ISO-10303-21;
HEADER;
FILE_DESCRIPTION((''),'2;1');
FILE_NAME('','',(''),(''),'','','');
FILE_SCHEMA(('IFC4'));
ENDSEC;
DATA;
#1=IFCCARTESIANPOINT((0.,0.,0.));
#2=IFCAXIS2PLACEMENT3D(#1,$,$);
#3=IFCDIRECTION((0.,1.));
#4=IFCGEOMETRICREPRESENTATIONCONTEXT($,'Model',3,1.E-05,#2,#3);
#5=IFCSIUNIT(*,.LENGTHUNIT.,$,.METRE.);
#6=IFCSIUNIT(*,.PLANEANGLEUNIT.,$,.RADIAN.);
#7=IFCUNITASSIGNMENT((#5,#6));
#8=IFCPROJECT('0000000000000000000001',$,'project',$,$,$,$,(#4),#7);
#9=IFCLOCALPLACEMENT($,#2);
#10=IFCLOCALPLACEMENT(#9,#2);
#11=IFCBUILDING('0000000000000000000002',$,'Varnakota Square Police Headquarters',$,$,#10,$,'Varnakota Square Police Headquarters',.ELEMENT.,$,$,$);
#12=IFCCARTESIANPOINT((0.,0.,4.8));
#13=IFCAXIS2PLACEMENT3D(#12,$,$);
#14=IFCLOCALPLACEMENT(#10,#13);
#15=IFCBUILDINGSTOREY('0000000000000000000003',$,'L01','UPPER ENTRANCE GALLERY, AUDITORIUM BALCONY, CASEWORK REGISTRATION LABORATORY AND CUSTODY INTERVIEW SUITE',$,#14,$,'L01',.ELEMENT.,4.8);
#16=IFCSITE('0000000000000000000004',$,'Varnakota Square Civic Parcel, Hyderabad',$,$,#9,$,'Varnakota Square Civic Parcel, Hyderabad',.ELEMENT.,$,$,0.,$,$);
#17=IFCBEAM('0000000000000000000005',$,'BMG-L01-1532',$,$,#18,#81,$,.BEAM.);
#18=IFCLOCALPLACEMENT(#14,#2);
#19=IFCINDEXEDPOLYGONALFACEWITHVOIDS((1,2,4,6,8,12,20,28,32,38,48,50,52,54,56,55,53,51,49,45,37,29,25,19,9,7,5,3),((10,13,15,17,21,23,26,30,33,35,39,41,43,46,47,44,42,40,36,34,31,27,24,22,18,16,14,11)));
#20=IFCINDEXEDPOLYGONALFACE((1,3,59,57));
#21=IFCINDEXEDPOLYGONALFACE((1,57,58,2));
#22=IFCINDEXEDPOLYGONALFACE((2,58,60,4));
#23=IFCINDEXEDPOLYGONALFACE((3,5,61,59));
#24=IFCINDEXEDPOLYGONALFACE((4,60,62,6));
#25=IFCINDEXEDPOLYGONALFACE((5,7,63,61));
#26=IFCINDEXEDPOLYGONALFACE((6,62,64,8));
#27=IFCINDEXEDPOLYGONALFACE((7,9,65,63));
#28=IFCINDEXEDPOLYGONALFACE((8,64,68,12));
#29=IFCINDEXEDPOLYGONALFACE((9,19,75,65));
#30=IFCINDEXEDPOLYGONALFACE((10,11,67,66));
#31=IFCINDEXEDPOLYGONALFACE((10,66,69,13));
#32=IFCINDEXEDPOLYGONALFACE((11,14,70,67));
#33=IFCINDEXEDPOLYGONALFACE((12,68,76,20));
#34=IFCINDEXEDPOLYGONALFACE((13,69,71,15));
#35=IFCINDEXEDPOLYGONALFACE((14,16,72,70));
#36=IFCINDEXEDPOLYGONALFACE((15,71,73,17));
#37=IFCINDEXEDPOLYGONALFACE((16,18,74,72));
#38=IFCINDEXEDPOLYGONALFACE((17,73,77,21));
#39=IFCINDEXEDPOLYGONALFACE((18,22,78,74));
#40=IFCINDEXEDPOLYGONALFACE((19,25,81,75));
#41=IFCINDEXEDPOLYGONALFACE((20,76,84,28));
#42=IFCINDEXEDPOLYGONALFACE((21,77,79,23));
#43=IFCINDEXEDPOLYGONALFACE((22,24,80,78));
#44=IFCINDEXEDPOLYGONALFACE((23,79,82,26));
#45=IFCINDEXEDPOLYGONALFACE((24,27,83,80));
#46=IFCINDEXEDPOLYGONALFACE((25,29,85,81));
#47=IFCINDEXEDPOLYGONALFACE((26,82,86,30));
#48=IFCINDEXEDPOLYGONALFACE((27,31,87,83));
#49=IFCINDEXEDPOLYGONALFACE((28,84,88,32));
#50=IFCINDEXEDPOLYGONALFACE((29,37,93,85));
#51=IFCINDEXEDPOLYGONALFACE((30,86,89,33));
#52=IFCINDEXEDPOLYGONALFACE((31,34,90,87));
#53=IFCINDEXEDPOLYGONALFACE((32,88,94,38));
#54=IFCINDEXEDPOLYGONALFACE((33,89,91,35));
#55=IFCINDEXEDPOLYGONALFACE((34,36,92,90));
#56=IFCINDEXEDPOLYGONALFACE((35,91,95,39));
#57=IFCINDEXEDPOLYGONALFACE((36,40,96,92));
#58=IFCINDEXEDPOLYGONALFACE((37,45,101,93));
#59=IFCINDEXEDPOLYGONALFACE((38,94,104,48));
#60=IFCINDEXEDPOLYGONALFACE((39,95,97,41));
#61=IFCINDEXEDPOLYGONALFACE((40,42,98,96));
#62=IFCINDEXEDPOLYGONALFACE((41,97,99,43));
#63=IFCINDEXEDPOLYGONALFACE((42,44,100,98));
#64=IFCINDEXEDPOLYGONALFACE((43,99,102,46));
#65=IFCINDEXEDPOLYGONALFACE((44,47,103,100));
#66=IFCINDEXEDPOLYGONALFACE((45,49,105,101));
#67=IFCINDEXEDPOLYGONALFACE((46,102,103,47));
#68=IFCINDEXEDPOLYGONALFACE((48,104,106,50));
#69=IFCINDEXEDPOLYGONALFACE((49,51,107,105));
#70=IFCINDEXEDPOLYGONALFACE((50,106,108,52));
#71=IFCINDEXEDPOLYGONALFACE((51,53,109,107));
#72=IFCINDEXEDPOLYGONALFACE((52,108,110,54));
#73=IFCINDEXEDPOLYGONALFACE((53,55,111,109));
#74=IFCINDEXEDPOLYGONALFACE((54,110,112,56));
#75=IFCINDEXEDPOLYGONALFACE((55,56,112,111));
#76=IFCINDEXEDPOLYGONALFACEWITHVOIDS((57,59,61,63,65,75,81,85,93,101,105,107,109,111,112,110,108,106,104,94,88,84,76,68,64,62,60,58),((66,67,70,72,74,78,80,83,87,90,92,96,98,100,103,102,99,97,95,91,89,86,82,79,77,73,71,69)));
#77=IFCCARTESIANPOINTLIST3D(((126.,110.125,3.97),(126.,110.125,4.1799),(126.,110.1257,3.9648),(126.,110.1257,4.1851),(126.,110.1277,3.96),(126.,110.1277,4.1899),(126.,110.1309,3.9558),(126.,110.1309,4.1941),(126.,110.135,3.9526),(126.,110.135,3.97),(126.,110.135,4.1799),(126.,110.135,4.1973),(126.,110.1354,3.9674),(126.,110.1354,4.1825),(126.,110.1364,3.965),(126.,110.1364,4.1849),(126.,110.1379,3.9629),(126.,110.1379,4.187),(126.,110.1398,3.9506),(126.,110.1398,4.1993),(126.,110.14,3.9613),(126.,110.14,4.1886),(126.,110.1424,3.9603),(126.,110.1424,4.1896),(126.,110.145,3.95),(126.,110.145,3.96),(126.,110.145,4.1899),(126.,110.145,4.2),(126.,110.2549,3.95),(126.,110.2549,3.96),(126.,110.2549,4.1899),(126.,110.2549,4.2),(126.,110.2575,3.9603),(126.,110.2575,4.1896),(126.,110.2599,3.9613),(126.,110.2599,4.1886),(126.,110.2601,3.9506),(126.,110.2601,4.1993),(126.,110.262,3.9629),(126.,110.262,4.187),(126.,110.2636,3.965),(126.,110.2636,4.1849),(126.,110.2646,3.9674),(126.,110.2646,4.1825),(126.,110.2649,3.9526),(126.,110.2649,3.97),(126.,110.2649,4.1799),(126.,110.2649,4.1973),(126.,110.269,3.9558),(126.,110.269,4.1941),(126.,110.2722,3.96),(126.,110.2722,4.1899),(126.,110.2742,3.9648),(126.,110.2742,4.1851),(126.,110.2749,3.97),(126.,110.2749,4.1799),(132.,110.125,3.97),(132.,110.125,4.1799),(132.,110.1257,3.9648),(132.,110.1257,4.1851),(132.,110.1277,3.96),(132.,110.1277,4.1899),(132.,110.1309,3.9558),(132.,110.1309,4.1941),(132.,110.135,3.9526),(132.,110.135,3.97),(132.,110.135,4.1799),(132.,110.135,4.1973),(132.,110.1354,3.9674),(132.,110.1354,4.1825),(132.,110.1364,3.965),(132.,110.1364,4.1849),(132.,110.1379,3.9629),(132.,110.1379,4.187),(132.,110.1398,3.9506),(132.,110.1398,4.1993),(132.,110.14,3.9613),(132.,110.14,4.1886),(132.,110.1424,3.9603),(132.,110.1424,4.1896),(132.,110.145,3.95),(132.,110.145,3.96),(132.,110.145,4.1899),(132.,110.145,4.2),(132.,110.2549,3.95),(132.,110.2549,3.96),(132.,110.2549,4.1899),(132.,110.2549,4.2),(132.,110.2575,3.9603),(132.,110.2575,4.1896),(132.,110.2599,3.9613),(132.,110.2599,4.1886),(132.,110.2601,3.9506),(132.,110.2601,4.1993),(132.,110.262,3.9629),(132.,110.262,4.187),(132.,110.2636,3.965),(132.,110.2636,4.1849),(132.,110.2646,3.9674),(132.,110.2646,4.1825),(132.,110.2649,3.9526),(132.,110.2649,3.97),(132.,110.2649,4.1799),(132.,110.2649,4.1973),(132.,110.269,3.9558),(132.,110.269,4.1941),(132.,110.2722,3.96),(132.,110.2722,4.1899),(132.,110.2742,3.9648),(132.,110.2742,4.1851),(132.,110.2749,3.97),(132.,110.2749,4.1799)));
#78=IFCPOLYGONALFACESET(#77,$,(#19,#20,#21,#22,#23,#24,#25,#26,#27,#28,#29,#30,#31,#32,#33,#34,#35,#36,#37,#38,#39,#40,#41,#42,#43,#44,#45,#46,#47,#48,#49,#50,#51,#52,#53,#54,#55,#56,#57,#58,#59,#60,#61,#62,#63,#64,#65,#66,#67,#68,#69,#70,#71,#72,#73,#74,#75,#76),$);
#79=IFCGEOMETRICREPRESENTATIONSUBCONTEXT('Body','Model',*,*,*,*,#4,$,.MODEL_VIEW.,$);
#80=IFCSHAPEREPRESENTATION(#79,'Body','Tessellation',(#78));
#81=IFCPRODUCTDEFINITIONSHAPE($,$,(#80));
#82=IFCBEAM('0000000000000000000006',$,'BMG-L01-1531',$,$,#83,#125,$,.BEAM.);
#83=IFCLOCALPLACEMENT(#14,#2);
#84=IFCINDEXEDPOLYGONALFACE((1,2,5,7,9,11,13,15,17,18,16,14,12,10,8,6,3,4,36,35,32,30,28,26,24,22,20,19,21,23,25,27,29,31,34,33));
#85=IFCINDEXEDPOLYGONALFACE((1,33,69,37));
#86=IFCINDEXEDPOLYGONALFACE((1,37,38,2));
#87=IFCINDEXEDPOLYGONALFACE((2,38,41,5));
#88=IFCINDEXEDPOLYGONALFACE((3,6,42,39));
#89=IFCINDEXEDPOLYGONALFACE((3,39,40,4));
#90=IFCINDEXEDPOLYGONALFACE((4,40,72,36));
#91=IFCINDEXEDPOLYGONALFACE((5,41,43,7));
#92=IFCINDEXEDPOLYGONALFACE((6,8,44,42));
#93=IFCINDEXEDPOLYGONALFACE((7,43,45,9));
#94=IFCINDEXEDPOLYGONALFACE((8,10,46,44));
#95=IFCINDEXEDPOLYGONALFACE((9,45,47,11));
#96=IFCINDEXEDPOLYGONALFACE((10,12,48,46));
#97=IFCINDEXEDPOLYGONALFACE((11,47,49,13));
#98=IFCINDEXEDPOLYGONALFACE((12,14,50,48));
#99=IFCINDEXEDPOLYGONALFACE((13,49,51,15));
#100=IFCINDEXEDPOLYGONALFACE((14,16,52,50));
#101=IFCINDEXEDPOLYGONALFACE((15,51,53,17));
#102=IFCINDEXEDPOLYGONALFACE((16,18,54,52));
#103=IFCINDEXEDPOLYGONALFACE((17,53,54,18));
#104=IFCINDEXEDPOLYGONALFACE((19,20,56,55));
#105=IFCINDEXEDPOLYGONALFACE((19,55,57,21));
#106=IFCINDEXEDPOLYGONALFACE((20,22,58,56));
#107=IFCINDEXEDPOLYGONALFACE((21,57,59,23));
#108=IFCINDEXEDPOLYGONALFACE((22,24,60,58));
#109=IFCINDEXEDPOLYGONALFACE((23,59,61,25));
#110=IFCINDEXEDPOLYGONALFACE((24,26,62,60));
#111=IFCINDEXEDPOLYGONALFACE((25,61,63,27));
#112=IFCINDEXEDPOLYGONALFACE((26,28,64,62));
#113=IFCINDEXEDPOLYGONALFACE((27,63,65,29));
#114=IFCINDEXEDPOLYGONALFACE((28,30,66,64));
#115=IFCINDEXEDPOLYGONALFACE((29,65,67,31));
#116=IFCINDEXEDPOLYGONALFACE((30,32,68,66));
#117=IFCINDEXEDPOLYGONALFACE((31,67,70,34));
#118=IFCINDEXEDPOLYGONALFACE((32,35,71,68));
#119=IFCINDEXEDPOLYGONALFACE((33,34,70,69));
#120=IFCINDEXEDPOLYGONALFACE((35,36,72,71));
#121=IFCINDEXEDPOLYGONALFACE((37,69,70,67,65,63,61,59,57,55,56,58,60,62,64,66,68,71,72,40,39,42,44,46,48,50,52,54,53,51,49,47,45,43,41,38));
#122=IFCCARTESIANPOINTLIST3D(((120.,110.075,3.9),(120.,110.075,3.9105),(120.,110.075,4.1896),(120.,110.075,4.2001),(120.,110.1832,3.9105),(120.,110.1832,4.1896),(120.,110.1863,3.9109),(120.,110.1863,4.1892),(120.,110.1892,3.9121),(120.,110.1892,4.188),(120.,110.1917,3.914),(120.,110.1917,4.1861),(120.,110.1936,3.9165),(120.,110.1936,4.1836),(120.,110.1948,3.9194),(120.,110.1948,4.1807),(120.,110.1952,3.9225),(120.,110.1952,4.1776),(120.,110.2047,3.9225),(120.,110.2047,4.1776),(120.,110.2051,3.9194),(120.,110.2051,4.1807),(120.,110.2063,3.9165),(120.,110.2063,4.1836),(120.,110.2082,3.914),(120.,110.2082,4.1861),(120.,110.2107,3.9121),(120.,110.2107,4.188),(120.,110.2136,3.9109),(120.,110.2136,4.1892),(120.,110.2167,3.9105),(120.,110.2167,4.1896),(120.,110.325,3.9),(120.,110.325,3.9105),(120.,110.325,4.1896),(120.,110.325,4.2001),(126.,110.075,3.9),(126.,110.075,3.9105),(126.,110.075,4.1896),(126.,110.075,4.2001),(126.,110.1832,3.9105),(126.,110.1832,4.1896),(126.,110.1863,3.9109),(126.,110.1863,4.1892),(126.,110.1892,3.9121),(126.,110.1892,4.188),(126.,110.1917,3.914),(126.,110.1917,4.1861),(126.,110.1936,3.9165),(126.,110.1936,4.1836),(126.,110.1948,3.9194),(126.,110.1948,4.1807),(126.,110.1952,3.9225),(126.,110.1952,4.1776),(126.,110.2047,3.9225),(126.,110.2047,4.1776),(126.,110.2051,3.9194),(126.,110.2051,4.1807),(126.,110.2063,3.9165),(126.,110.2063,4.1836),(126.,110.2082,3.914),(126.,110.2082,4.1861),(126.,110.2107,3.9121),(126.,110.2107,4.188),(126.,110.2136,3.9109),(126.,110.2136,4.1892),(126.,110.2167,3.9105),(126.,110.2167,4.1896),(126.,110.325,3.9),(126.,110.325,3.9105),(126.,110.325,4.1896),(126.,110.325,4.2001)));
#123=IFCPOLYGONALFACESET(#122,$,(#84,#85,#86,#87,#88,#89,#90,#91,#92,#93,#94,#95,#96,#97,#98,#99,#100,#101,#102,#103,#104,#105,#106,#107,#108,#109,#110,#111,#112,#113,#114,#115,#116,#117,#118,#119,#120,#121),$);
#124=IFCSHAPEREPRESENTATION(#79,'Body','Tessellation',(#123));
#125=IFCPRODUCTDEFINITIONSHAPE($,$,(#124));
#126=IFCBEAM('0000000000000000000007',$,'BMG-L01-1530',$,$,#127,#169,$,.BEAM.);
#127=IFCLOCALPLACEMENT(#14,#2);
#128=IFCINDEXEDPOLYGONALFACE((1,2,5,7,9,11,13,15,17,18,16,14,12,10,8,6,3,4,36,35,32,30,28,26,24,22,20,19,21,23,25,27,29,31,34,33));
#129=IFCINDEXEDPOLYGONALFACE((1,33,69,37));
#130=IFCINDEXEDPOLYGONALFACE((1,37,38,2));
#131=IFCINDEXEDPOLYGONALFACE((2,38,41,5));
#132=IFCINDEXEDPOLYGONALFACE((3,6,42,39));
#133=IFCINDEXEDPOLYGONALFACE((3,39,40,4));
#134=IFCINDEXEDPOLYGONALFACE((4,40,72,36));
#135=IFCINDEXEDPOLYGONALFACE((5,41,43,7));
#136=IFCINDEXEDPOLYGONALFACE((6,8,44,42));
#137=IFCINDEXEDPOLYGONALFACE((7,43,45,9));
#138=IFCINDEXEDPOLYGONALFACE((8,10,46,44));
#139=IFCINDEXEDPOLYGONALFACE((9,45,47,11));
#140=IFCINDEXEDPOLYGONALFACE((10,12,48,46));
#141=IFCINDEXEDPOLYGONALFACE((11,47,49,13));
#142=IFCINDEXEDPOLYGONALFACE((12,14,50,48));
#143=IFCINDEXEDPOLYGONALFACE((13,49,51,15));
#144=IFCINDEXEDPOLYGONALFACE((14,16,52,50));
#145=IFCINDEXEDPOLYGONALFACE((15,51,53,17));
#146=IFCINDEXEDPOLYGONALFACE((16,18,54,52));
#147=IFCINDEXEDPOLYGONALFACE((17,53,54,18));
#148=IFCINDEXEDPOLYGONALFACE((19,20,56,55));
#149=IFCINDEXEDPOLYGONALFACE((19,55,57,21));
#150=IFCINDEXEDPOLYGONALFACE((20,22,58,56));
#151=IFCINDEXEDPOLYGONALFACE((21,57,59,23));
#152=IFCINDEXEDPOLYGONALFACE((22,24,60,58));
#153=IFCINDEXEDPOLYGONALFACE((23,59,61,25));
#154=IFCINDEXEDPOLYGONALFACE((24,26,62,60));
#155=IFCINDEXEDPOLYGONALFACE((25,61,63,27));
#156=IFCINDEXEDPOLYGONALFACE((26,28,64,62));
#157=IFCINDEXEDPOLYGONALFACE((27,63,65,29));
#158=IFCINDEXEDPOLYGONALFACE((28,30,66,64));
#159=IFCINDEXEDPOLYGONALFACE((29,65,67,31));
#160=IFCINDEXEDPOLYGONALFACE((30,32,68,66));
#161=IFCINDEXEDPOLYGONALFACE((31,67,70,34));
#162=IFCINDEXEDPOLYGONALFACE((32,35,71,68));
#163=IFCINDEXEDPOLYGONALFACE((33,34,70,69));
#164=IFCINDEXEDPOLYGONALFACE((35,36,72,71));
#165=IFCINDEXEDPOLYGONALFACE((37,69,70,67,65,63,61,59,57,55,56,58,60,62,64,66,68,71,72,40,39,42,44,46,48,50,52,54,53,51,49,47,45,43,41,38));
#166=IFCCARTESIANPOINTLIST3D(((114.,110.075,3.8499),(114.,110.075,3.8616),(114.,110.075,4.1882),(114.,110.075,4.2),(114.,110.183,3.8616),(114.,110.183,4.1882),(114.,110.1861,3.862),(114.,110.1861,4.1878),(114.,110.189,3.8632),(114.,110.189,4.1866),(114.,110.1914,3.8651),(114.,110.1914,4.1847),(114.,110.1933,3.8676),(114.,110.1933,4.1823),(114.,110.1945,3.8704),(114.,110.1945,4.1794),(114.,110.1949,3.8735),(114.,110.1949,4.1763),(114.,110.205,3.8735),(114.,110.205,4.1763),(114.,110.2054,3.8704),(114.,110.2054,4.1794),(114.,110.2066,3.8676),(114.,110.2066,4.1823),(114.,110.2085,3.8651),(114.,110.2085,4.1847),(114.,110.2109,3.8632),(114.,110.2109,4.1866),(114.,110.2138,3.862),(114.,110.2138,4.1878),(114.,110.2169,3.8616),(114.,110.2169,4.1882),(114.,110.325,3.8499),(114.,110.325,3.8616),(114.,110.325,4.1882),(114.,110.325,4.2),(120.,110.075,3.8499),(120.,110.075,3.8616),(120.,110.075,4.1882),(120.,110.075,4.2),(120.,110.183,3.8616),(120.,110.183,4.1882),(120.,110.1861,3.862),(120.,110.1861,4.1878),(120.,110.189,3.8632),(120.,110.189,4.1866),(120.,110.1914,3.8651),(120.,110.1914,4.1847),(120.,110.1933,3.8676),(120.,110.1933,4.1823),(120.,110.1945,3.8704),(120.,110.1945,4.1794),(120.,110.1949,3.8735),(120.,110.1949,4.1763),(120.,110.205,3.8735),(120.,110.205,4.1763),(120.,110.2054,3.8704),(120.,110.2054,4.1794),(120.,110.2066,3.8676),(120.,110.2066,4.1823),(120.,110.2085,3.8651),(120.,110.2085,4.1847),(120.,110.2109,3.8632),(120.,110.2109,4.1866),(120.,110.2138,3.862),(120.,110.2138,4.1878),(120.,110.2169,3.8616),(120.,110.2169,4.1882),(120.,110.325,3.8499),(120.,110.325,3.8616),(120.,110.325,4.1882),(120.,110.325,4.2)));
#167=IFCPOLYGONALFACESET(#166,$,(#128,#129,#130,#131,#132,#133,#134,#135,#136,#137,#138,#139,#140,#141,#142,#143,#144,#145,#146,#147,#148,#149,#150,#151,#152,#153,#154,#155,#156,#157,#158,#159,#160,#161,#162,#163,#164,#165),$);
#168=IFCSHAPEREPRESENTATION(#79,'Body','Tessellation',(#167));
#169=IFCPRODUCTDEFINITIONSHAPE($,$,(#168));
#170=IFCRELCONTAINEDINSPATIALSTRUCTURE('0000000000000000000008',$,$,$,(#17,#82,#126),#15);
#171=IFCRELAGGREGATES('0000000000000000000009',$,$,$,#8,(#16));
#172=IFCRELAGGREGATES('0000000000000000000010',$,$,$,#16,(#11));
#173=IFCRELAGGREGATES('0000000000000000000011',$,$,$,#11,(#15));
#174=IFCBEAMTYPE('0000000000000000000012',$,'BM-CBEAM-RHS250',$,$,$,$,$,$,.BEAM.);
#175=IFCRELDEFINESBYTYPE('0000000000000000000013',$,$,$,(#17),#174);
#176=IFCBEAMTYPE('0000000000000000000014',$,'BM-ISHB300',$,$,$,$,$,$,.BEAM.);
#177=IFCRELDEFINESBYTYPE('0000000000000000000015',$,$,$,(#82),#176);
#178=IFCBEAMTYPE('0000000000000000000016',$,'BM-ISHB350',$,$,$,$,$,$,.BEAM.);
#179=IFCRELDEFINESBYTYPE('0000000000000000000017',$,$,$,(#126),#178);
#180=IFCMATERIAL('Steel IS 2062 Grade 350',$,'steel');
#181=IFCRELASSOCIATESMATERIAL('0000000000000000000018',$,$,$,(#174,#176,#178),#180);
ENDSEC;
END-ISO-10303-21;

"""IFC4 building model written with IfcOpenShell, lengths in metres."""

from ifc_helpers import new_model, si_unit, direction, frame, origin, origin_2d, place, context, subcontext, project, spatial, hollow_rectangle, i_section, extrude, material, material_profile, profile_set, type_object, element, save


model = new_model("IFC4")

# Units and contexts
model_context = context("Model", 3, precision=1e-05, world=origin(), true_north=direction((0.0, 1.0)))
body_context = subcontext(model_context, "Body", "Model", "MODEL_VIEW")
ifc_project = project(units=[si_unit("LENGTHUNIT", "METRE"), si_unit("PLANEANGLEUNIT", "RADIAN")], contexts=[model_context])

# Site, building, storey
site_placement = place(None, origin())
site = spatial("IfcSite", under=ifc_project, at=site_placement, Name="Varnakota Square Civic Parcel, Hyderabad", LongName="Varnakota Square Civic Parcel, Hyderabad", CompositionType="ELEMENT", RefElevation=0.0)
building_placement = place(site_placement, origin())
building = spatial("IfcBuilding", under=site, at=building_placement, Name="Varnakota Square Police Headquarters", LongName="Varnakota Square Police Headquarters", CompositionType="ELEMENT")
storey_placement = place(building_placement, frame((0.0, 0.0, 4.8)))
storey = spatial("IfcBuildingStorey", under=building, at=storey_placement, Name="L01", Description="UPPER ENTRANCE GALLERY, AUDITORIUM BALCONY, CASEWORK REGISTRATION LABORATORY AND CUSTODY INTERVIEW SUITE", LongName="L01", CompositionType="ELEMENT", Elevation=4.8)

# Shared definitions
ifc_material_1 = material(Name="Steel IS 2062 Grade 350", Category="steel")

# Beams
ifc_material_profile_1 = material_profile(ifc_material_1, hollow_rectangle(XDim=0.1499, YDim=0.25, WallThickness=0.01, InnerFilletRadius=0.01, OuterFilletRadius=0.02, at=origin_2d()), Name="RHS 250x150x10")
ifc_profile_set_1 = profile_set([ifc_material_profile_1], Name="Steel IS 2062 Grade 350")
beam_type_1 = type_object("IfcBeamType", Name="BM-CBEAM-RHS250", PredefinedType="BEAM", material=ifc_profile_set_1)
beam_1_placement = place(storey_placement, frame((126.0, 110.2, 4.075), z_axis=(1.0, 0.0, 0.0), x_axis=(0.0, 1.0, 0.0)))
element("IfcBeam", 1, at=beam_1_placement, inside=storey, type_object=beam_type_1, Name="BMG-L01-1532", PredefinedType="BEAM", context=body_context, shape_type="SweptSolid", body=[
    extrude(hollow_rectangle(XDim=0.1499, YDim=0.25, WallThickness=0.01, InnerFilletRadius=0.01, OuterFilletRadius=0.02, at=origin_2d()), origin(), (0.0, 0.0, 1.0), 6.0),
])
ifc_material_profile_2 = material_profile(ifc_material_1, i_section(OverallWidth=0.25, OverallDepth=0.3, WebThickness=0.0095, FlangeThickness=0.0105, FilletRadius=0.012, at=origin_2d()), Name="ISHB 300")
ifc_profile_set_2 = profile_set([ifc_material_profile_2], Name="Steel IS 2062 Grade 350")
beam_type_2 = type_object("IfcBeamType", Name="BM-ISHB300", PredefinedType="BEAM", material=ifc_profile_set_2)
beam_2_placement = place(storey_placement, frame((120.0, 110.2, 4.05), z_axis=(1.0, 0.0, 0.0), x_axis=(0.0, 1.0, 0.0)))
element("IfcBeam", 2, at=beam_2_placement, inside=storey, type_object=beam_type_2, Name="BMG-L01-1531", PredefinedType="BEAM", context=body_context, shape_type="SweptSolid", body=[
    extrude(i_section(OverallWidth=0.25, OverallDepth=0.3, WebThickness=0.0095, FlangeThickness=0.0105, FilletRadius=0.012, at=origin_2d()), origin(), (0.0, 0.0, 1.0), 6.0),
])
ifc_material_profile_3 = material_profile(ifc_material_1, i_section(OverallWidth=0.25, OverallDepth=0.3501, WebThickness=0.01, FlangeThickness=0.0117, FilletRadius=0.012, at=origin_2d()), Name="ISHB 350")
ifc_profile_set_3 = profile_set([ifc_material_profile_3], Name="Steel IS 2062 Grade 350")
beam_type_3 = type_object("IfcBeamType", Name="BM-ISHB350", PredefinedType="BEAM", material=ifc_profile_set_3)
beam_3_placement = place(storey_placement, frame((114.0, 110.2, 4.0249), z_axis=(1.0, 0.0, 0.0), x_axis=(0.0, 1.0, 0.0)))
element("IfcBeam", 3, at=beam_3_placement, inside=storey, type_object=beam_type_3, Name="BMG-L01-1530", PredefinedType="BEAM", context=body_context, shape_type="SweptSolid", body=[
    extrude(i_section(OverallWidth=0.25, OverallDepth=0.3501, WebThickness=0.01, FlangeThickness=0.0117, FilletRadius=0.012, at=origin_2d()), origin(), (0.0, 0.0, 1.0), 6.0),
])

save(model, "model.ifc")
